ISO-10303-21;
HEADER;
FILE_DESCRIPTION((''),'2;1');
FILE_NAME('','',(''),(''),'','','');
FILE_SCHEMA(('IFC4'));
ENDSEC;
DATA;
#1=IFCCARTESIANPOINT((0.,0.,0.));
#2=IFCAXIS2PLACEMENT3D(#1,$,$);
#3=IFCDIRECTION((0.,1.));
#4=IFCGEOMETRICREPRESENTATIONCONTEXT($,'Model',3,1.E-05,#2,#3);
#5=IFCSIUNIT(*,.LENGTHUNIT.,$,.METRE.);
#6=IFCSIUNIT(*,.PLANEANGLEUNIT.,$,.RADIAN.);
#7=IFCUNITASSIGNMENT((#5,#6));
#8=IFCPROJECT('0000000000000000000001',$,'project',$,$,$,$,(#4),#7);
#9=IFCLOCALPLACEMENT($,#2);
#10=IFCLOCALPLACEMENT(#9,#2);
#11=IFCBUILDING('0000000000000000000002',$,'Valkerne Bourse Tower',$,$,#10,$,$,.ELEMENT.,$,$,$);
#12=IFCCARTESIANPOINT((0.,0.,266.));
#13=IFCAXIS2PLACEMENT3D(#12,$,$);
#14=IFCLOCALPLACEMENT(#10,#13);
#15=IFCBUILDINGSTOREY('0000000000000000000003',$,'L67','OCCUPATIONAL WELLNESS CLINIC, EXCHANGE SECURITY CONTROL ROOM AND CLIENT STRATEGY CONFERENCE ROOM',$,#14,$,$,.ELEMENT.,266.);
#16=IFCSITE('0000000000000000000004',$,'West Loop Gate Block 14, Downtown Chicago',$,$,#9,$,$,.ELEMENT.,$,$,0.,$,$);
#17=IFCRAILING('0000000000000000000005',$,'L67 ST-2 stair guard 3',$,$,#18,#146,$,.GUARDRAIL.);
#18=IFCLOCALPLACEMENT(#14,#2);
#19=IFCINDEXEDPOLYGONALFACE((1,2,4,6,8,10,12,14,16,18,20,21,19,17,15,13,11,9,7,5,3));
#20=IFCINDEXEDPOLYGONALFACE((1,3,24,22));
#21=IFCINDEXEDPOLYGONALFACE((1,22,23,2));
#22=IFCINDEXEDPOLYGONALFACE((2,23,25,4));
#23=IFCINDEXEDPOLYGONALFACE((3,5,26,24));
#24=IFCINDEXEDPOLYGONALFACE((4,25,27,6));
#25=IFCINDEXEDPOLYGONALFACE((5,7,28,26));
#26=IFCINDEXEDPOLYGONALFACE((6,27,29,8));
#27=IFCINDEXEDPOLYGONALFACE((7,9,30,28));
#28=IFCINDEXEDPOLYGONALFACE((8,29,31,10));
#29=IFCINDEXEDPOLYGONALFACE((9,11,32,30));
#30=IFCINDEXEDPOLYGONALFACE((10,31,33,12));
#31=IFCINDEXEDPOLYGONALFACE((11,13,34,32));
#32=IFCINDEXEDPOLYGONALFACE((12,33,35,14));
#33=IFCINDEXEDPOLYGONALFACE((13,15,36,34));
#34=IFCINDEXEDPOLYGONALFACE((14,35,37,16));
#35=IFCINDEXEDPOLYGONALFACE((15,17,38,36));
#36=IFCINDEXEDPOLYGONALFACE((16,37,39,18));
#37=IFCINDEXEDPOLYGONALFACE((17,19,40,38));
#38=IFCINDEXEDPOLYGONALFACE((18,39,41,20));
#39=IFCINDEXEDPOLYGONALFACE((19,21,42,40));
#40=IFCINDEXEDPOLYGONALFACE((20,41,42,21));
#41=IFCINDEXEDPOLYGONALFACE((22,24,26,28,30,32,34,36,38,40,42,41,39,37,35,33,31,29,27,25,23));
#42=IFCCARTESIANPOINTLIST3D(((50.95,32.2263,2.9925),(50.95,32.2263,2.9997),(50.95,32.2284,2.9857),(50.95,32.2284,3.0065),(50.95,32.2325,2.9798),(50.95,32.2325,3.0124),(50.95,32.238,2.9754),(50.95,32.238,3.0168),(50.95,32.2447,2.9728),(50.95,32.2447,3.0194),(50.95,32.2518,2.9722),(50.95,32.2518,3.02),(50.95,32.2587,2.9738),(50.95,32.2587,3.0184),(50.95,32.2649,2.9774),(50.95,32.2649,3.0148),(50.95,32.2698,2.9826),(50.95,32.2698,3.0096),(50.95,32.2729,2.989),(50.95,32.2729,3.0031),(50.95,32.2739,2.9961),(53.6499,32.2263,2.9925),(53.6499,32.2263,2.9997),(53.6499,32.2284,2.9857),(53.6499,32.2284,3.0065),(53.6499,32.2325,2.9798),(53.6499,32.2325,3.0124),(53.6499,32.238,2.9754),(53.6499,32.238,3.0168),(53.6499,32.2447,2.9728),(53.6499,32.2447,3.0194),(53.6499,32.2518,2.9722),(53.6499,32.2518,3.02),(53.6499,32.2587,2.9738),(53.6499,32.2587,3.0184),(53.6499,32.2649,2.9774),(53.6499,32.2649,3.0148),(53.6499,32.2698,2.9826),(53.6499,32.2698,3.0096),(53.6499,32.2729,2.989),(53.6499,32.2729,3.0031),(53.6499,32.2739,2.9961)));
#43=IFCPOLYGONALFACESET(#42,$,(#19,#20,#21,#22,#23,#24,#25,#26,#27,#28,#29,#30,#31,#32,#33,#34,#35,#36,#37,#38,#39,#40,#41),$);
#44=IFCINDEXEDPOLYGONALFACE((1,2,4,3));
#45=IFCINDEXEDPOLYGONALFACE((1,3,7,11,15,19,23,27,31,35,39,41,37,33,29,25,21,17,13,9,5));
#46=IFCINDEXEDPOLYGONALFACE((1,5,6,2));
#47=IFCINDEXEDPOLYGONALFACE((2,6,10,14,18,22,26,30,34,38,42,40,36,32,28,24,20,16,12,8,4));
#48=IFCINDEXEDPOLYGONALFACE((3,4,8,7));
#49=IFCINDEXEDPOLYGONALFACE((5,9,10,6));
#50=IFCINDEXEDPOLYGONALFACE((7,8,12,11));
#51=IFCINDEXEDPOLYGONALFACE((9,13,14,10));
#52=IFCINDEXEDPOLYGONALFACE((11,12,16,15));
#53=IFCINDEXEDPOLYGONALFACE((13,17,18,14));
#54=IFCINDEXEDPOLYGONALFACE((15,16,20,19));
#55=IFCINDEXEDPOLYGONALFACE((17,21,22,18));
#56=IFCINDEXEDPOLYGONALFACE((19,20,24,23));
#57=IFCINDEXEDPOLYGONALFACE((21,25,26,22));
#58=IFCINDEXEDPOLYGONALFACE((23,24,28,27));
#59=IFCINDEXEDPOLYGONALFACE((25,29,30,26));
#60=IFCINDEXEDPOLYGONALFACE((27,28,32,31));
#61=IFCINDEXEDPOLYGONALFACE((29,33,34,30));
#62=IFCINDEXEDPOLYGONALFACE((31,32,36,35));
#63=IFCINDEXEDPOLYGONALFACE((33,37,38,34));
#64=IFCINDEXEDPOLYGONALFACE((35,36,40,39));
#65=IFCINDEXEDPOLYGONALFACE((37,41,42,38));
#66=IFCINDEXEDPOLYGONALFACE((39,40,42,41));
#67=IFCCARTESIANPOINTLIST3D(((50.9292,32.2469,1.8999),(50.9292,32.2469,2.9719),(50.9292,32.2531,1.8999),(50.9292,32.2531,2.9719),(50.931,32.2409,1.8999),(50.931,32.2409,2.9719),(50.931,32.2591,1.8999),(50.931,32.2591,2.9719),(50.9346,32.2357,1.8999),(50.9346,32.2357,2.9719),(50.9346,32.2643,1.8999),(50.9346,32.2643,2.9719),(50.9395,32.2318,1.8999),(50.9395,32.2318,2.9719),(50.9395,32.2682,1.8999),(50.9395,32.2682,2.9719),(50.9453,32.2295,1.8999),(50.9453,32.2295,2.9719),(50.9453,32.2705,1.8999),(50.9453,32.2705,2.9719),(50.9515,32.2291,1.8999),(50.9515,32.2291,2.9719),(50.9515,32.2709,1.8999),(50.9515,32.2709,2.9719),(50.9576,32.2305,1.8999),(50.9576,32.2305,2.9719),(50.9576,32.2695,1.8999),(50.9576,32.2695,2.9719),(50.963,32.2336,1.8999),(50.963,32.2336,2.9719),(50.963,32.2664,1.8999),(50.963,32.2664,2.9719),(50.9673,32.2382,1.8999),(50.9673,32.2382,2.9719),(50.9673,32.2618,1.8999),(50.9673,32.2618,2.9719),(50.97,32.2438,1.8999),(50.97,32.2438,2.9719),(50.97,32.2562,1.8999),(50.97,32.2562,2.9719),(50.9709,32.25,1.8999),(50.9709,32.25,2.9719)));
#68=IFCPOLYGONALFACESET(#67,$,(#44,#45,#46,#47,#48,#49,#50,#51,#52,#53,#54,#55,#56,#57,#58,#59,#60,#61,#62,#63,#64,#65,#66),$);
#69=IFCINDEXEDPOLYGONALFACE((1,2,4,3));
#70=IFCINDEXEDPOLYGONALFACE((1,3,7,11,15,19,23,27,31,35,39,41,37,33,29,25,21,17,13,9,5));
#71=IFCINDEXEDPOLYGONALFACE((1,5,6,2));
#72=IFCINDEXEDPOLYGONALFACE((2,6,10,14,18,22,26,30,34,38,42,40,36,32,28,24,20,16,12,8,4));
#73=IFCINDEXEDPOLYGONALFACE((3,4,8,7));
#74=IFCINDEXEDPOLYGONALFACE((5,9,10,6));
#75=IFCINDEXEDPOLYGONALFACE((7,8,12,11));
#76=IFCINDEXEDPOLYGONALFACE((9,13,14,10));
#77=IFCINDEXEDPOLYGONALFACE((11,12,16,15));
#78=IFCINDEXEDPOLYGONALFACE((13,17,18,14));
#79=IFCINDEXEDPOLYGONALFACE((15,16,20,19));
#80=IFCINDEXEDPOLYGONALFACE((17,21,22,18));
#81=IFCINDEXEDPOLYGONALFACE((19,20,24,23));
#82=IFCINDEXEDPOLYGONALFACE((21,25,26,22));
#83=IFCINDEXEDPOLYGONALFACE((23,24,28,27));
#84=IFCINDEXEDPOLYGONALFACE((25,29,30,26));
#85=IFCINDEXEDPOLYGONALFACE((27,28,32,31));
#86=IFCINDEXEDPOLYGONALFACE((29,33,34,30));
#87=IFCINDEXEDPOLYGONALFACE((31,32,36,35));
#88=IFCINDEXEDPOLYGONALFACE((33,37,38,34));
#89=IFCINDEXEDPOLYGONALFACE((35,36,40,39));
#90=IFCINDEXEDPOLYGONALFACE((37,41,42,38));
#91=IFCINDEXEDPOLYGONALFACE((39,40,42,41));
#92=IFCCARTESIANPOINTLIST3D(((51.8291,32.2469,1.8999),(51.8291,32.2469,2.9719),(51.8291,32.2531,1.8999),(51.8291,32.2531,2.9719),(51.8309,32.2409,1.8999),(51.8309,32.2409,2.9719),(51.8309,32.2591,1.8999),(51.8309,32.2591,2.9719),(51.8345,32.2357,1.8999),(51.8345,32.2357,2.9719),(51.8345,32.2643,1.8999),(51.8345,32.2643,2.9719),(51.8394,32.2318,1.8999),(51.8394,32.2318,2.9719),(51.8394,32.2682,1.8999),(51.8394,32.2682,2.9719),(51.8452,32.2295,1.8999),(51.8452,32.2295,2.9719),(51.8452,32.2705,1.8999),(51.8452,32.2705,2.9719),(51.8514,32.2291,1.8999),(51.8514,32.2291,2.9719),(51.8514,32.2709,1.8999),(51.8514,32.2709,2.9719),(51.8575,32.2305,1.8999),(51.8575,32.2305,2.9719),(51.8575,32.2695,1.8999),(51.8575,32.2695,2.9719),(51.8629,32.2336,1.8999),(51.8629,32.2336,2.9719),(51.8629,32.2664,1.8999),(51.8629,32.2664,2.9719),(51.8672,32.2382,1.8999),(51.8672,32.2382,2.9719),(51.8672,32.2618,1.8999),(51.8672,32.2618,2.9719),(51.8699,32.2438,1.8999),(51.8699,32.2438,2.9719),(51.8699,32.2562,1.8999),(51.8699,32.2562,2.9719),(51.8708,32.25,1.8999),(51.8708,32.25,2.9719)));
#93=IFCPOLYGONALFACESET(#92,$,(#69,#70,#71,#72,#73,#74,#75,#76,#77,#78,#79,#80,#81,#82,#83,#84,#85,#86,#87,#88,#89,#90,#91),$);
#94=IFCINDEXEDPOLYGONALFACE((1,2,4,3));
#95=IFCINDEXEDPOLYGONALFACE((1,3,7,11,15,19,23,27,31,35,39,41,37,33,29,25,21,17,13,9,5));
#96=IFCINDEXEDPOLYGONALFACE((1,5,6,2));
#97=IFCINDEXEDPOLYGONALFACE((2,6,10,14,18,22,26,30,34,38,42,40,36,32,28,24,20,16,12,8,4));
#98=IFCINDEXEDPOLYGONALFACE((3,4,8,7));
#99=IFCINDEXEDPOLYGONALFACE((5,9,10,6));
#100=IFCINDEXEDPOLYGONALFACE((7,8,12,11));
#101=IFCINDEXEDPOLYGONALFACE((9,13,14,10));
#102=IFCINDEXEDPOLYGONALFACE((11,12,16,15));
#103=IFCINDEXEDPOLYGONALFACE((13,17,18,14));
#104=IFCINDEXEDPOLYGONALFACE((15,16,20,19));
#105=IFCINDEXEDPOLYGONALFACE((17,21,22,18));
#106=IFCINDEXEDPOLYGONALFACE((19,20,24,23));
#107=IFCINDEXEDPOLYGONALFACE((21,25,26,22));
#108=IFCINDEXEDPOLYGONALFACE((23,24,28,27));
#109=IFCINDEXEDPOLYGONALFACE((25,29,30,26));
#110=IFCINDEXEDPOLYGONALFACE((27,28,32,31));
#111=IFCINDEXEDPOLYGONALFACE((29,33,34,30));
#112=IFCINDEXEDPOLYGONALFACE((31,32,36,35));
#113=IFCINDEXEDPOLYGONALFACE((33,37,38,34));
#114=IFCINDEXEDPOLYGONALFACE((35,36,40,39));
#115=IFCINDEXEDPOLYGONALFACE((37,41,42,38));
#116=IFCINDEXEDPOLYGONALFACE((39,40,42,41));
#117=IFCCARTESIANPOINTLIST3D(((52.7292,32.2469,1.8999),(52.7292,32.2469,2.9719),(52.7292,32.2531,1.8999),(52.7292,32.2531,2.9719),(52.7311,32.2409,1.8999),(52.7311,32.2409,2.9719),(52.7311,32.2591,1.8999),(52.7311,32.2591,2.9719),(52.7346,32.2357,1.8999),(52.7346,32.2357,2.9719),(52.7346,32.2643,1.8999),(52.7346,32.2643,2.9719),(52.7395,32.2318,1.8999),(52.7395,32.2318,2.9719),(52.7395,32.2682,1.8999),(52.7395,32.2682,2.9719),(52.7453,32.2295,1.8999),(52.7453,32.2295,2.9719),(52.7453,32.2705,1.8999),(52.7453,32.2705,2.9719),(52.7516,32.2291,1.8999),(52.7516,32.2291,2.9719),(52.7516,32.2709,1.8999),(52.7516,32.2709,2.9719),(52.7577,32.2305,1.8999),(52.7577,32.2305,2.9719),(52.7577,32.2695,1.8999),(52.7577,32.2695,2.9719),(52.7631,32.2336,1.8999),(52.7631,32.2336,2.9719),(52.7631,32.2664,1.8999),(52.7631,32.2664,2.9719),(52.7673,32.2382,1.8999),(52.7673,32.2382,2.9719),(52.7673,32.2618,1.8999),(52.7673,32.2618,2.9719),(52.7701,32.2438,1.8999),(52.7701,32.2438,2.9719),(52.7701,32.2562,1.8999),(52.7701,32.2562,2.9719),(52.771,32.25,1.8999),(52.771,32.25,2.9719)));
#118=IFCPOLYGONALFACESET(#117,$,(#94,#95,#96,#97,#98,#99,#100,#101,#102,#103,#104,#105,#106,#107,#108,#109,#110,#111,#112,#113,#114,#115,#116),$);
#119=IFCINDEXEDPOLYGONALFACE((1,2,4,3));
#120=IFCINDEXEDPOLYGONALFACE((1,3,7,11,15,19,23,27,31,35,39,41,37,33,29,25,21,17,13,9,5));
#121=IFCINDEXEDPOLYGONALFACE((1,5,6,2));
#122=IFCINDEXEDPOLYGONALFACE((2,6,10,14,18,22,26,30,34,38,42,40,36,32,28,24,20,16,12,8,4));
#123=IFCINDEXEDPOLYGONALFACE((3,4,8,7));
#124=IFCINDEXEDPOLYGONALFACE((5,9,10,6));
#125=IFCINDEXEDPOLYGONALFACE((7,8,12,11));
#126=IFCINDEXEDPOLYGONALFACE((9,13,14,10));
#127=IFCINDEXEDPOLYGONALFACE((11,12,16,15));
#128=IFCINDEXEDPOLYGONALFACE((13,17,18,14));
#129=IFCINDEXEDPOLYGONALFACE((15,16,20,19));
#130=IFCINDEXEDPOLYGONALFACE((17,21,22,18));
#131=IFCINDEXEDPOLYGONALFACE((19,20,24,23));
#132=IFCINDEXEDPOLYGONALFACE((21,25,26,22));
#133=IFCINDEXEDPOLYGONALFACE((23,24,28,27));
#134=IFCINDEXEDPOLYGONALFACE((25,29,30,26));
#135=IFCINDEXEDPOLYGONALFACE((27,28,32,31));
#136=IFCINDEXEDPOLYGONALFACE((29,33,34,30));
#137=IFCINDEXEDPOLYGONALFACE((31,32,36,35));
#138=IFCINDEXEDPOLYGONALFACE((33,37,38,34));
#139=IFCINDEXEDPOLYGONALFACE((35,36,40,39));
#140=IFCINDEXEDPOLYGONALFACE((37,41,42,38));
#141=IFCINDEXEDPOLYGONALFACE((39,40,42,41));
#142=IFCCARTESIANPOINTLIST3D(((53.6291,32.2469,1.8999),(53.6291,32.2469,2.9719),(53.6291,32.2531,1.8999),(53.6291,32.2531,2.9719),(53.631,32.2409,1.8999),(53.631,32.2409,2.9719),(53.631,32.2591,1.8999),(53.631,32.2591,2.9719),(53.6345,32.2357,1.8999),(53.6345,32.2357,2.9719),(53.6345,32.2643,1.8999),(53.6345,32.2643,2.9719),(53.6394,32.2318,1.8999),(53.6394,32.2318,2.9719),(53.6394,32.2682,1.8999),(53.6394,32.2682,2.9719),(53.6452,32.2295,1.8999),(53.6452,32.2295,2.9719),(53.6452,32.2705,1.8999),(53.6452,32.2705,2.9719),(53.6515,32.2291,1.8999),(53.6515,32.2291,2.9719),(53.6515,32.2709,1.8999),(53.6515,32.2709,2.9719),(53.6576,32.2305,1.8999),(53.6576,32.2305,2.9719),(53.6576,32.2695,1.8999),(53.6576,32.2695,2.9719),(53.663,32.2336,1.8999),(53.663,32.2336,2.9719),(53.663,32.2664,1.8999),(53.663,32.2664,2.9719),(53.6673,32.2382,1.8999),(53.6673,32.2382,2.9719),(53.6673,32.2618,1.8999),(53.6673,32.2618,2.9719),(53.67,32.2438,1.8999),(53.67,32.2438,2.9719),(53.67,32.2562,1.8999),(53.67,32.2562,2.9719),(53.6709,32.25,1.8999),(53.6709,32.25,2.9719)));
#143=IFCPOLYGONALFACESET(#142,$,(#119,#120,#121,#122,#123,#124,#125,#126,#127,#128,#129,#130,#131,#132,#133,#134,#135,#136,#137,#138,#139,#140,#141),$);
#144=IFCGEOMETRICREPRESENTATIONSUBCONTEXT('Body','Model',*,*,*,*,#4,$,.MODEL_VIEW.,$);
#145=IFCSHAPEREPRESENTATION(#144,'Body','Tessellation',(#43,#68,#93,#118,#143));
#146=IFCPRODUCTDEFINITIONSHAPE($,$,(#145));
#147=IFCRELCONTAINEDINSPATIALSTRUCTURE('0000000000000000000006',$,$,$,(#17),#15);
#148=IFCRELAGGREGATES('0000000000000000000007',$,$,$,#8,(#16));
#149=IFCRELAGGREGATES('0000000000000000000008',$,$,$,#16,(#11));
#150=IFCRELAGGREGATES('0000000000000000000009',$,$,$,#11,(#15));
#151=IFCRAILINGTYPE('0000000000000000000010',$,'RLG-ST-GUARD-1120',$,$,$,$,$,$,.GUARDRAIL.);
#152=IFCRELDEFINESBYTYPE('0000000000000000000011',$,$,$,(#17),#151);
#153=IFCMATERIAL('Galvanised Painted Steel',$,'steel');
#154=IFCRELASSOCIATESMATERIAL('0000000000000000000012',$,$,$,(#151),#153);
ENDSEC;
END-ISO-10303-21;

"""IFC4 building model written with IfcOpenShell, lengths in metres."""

from ifc_helpers import new_model, si_unit, direction, frame, origin, origin_2d, place, context, subcontext, project, spatial, circle, extrude, material, type_object, element, save


model = new_model("IFC4")

# Units and contexts
model_context = context("Model", 3, precision=1e-05, world=origin(), true_north=direction((0.0, 1.0)))
body_context = subcontext(model_context, "Body", "Model", "MODEL_VIEW")
ifc_project = project(units=[si_unit("LENGTHUNIT", "METRE"), si_unit("PLANEANGLEUNIT", "RADIAN")], contexts=[model_context])

# Site, building, storey
site_placement = place(None, origin())
site = spatial("IfcSite", under=ifc_project, at=site_placement, Name="West Loop Gate Block 14, Downtown Chicago", CompositionType="ELEMENT", RefElevation=0.0)
building_placement = place(site_placement, origin())
building = spatial("IfcBuilding", under=site, at=building_placement, Name="Valkerne Bourse Tower", CompositionType="ELEMENT")
storey_placement = place(building_placement, frame((0.0, 0.0, 266.0)))
storey = spatial("IfcBuildingStorey", under=building, at=storey_placement, Name="L67", Description="OCCUPATIONAL WELLNESS CLINIC, EXCHANGE SECURITY CONTROL ROOM AND CLIENT STRATEGY CONFERENCE ROOM", CompositionType="ELEMENT", Elevation=266.0)

# Shared definitions
ifc_material_1 = material(Name="Galvanised Painted Steel", Category="steel")

# Railing
railing_type_1 = type_object("IfcRailingType", Name="RLG-ST-GUARD-1120", PredefinedType="GUARDRAIL", material=ifc_material_1)
railing_1_placement = place(storey_placement, frame((50.95, 32.25, 1.8999)))
element("IfcRailing", 1, at=railing_1_placement, inside=storey, type_object=railing_type_1, Name="L67 ST-2 stair guard 3", PredefinedType="GUARDRAIL", context=body_context, shape_type="SweptSolid", body=[
    extrude(circle(Radius=0.0239, at=origin_2d()), frame((0.0, 0.0, 1.0962), z_axis=(1.0, 0.0, 0.0), x_axis=(0.0, 1.0, 0.0)), (0.0, 0.0, 1.0), 2.7),
    extrude(circle(Radius=0.021, at=origin_2d()), origin(), (0.0, 0.0, 1.0), 1.072),
    extrude(circle(Radius=0.021, at=origin_2d()), frame((0.8999, 0.0, 0.0)), (0.0, 0.0, 1.0), 1.072),
    extrude(circle(Radius=0.021, at=origin_2d()), frame((1.8, 0.0, 0.0)), (0.0, 0.0, 1.0), 1.072),
    extrude(circle(Radius=0.021, at=origin_2d()), frame((2.7, 0.0, 0.0)), (0.0, 0.0, 1.0), 1.072),
])

save(model, "model.ifc")
